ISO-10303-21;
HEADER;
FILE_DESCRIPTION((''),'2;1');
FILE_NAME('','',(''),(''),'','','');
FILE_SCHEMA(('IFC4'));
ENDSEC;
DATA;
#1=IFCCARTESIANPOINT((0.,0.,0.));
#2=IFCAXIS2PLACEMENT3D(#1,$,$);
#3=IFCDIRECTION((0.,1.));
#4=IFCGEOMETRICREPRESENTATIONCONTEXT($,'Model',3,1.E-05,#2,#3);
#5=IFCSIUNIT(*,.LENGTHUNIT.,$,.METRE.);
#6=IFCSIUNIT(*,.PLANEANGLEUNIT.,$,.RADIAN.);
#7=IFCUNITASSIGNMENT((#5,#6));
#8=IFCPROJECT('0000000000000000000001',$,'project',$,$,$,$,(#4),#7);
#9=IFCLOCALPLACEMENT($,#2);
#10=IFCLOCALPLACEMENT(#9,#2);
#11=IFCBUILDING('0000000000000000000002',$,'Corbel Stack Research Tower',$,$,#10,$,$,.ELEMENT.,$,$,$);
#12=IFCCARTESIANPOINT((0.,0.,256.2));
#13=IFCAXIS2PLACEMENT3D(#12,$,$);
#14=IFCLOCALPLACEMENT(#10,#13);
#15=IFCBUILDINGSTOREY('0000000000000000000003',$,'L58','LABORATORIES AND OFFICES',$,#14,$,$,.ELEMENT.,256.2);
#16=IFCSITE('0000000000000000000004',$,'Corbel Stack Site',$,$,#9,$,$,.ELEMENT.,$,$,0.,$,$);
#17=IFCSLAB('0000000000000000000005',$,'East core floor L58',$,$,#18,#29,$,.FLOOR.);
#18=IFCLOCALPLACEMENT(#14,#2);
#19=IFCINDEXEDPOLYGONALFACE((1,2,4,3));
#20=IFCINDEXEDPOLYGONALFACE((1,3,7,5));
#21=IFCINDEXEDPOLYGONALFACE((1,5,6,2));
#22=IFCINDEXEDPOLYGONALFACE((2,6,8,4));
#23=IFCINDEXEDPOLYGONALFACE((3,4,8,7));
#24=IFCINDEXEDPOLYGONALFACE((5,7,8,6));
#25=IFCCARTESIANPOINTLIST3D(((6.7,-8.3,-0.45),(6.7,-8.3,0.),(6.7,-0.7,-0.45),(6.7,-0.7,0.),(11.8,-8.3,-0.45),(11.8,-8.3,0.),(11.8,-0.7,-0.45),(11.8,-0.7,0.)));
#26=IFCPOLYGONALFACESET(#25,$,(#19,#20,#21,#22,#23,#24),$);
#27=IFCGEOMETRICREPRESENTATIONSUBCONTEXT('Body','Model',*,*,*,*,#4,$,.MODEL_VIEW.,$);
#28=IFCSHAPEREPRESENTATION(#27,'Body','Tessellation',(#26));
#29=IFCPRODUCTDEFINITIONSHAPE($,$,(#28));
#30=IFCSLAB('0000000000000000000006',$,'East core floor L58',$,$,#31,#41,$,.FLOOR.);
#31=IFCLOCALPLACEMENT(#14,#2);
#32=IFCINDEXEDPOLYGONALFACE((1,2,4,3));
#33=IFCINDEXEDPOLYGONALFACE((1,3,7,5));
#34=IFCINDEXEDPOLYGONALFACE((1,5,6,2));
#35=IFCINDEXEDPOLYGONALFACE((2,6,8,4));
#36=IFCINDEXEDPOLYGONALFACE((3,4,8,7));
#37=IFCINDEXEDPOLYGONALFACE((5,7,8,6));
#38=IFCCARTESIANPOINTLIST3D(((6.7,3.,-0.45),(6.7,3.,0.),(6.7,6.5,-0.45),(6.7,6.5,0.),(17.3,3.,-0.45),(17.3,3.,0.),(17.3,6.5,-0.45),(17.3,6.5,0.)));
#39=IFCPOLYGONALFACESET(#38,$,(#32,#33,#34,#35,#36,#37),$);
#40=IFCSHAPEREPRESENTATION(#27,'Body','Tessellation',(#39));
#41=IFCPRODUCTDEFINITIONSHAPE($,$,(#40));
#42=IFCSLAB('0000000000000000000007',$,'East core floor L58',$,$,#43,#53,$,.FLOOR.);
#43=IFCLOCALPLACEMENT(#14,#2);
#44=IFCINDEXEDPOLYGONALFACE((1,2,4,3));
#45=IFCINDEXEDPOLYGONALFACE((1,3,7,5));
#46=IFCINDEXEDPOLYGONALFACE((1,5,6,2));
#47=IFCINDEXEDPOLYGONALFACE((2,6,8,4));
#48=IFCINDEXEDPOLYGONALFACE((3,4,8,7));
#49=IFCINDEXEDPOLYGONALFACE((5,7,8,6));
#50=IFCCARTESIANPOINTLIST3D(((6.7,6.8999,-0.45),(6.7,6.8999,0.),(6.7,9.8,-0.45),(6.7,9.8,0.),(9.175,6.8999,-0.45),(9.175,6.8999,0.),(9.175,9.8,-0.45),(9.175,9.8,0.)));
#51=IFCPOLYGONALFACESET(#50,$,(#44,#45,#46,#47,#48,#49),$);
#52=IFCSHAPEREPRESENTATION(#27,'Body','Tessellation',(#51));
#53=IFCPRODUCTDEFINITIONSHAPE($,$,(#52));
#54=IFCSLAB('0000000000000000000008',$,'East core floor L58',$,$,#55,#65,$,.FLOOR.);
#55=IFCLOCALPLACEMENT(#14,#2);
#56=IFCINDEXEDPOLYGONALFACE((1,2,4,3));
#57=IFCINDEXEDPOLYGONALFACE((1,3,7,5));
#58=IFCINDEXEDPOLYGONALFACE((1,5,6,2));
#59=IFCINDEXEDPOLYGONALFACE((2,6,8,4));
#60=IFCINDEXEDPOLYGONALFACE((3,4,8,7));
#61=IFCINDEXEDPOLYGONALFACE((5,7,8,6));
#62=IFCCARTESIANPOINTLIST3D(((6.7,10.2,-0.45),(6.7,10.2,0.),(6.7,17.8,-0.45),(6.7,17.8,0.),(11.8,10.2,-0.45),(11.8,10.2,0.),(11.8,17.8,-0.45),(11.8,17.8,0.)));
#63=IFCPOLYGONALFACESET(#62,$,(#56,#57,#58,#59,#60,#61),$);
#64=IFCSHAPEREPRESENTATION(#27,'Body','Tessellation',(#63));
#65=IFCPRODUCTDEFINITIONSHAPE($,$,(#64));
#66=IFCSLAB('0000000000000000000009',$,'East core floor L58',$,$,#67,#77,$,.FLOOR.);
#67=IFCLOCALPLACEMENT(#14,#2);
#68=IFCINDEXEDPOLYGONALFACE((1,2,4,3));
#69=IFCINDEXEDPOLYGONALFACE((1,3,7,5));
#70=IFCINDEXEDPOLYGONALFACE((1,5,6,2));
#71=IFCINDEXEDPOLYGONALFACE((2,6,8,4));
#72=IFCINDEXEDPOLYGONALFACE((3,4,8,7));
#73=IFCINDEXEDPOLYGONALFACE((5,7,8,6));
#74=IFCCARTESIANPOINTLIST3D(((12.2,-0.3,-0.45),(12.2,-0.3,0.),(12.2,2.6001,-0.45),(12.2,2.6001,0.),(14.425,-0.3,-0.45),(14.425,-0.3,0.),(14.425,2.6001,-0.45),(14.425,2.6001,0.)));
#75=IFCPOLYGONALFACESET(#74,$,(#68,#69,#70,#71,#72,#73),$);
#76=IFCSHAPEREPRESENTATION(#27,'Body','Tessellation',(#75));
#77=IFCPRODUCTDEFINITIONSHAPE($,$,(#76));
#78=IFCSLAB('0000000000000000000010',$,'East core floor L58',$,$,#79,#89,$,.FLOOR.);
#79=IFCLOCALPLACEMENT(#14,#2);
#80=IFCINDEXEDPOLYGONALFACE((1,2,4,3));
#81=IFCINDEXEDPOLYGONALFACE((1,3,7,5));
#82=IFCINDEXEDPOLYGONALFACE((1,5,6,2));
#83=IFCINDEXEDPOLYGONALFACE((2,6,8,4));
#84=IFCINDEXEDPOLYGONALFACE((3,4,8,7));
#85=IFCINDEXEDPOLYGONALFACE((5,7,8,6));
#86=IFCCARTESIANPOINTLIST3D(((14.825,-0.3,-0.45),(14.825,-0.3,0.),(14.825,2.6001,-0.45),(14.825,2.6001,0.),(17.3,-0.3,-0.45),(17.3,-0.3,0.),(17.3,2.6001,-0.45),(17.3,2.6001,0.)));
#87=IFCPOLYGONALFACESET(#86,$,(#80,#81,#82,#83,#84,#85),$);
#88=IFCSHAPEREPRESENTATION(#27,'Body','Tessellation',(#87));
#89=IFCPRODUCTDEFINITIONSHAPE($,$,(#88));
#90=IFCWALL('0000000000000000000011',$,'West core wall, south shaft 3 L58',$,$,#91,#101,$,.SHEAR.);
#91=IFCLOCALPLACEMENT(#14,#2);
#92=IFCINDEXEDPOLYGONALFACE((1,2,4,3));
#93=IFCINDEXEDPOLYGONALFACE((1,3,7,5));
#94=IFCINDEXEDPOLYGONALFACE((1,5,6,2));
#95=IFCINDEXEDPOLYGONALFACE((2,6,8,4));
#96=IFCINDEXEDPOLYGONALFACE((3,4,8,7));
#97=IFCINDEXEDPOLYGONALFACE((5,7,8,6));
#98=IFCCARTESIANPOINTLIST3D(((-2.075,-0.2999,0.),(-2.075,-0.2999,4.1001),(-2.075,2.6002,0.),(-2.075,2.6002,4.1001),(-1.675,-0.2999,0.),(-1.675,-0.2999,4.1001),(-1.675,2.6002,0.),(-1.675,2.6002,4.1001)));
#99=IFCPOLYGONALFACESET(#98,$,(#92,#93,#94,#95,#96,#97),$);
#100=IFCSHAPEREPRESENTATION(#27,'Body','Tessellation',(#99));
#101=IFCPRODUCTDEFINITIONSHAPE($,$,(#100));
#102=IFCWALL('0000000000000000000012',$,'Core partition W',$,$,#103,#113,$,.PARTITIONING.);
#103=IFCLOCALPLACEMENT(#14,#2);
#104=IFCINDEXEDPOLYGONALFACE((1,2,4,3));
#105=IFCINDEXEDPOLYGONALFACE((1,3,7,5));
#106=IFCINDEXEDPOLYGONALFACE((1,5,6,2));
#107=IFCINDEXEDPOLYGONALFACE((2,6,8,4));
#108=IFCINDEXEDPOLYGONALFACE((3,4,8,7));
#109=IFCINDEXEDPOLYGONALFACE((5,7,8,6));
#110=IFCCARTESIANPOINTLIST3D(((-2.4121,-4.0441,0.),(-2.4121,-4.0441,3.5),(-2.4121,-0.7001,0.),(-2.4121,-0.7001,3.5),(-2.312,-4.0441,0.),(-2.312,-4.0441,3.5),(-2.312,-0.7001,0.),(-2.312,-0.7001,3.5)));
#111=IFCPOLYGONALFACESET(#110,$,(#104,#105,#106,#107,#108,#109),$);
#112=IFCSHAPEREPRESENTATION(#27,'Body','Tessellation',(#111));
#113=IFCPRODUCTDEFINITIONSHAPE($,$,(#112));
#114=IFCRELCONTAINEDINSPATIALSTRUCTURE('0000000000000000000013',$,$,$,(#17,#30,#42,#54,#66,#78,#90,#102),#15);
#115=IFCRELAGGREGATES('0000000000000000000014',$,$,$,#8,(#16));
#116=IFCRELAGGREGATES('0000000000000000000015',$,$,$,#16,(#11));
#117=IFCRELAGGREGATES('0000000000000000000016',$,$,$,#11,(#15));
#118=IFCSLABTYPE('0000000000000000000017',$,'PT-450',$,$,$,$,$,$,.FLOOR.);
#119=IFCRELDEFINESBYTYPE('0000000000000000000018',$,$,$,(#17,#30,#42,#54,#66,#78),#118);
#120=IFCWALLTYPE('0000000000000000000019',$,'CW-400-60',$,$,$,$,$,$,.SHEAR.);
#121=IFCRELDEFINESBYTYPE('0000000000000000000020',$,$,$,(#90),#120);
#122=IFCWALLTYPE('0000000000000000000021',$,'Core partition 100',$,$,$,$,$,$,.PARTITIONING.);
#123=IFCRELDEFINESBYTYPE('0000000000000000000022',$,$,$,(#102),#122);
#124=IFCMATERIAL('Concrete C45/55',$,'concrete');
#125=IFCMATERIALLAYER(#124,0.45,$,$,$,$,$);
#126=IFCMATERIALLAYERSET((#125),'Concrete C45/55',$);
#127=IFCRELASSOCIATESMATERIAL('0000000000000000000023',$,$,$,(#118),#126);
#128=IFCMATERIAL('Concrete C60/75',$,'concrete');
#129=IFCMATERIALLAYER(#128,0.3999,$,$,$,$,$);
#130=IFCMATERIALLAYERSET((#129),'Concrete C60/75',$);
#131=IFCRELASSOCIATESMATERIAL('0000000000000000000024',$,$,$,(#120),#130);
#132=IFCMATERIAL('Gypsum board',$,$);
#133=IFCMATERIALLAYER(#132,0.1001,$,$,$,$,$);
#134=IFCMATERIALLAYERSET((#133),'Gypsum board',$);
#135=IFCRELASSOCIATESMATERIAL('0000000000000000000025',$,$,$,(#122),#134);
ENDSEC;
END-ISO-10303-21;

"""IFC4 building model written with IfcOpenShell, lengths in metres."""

from ifc_helpers import new_model, si_unit, direction, frame, frame_2d, origin, place, context, subcontext, project, spatial, polyline, rectangle, outline, extrude, material, layer, layer_set, type_object, element, save


model = new_model("IFC4")

# Units and contexts
model_context = context("Model", 3, precision=1e-05, world=origin(), true_north=direction((0.0, 1.0)))
body_context = subcontext(model_context, "Body", "Model", "MODEL_VIEW")
ifc_project = project(units=[si_unit("LENGTHUNIT", "METRE"), si_unit("PLANEANGLEUNIT", "RADIAN")], contexts=[model_context])

# Site, building, storey
site_placement = place(None, origin())
site = spatial("IfcSite", under=ifc_project, at=site_placement, Name="Corbel Stack Site", CompositionType="ELEMENT", RefElevation=0.0)
building_placement = place(site_placement, origin())
building = spatial("IfcBuilding", under=site, at=building_placement, Name="Corbel Stack Research Tower", CompositionType="ELEMENT")
storey_placement = place(building_placement, frame((0.0, 0.0, 256.2)))
storey = spatial("IfcBuildingStorey", under=building, at=storey_placement, Name="L58", Description="LABORATORIES AND OFFICES", CompositionType="ELEMENT", Elevation=256.2)

# Slabs
ifc_material_1 = material(Name="Concrete C45/55", Category="concrete")
ifc_layer_1 = layer(ifc_material_1, 0.45)
ifc_layer_set_1 = layer_set([ifc_layer_1], Name="Concrete C45/55")
slab_type_1 = type_object("IfcSlabType", Name="PT-450", PredefinedType="FLOOR", material=ifc_layer_set_1)
slab_1_placement = place(storey_placement, frame((0.0, 0.0, -0.45)))
element("IfcSlab", 1, at=slab_1_placement, inside=storey, type_object=slab_type_1, Name="East core floor L58", PredefinedType="FLOOR", context=body_context, shape_type="SweptSolid", body=[
    extrude(outline(polyline([(6.7, -8.3), (11.8, -8.3), (11.8, -0.7), (6.7, -0.7), (6.7, -8.3)])), origin(), (0.0, 0.0, 1.0), 0.45),
])
slab_2_placement = place(storey_placement, frame((0.0, 0.0, -0.45)))
element("IfcSlab", 2, at=slab_2_placement, inside=storey, type_object=slab_type_1, Name="East core floor L58", PredefinedType="FLOOR", context=body_context, shape_type="SweptSolid", body=[
    extrude(outline(polyline([(6.7, 3.0), (17.3, 3.0), (17.3, 6.5), (6.7, 6.5), (6.7, 3.0)])), origin(), (0.0, 0.0, 1.0), 0.45),
])
slab_3_placement = place(storey_placement, frame((0.0, 0.0, -0.45)))
element("IfcSlab", 3, at=slab_3_placement, inside=storey, type_object=slab_type_1, Name="East core floor L58", PredefinedType="FLOOR", context=body_context, shape_type="SweptSolid", body=[
    extrude(outline(polyline([(6.7, 6.8999), (9.175, 6.8999), (9.175, 9.8), (6.7, 9.8), (6.7, 6.8999)])), origin(), (0.0, 0.0, 1.0), 0.45),
])
slab_4_placement = place(storey_placement, frame((0.0, 0.0, -0.45)))
element("IfcSlab", 4, at=slab_4_placement, inside=storey, type_object=slab_type_1, Name="East core floor L58", PredefinedType="FLOOR", context=body_context, shape_type="SweptSolid", body=[
    extrude(outline(polyline([(6.7, 10.2), (11.8, 10.2), (11.8, 17.8), (6.7, 17.8), (6.7, 10.2)])), origin(), (0.0, 0.0, 1.0), 0.45),
])
slab_5_placement = place(storey_placement, frame((0.0, 0.0, -0.45)))
element("IfcSlab", 5, at=slab_5_placement, inside=storey, type_object=slab_type_1, Name="East core floor L58", PredefinedType="FLOOR", context=body_context, shape_type="SweptSolid", body=[
    extrude(outline(polyline([(12.2, 2.6001), (12.2, -0.3), (14.425, -0.3), (14.425, 2.6001), (12.2, 2.6001)])), origin(), (0.0, 0.0, 1.0), 0.45),
])
slab_6_placement = place(storey_placement, frame((0.0, 0.0, -0.45)))
element("IfcSlab", 6, at=slab_6_placement, inside=storey, type_object=slab_type_1, Name="East core floor L58", PredefinedType="FLOOR", context=body_context, shape_type="SweptSolid", body=[
    extrude(outline(polyline([(14.825, 2.6001), (14.825, -0.3), (17.3, -0.3), (17.3, 2.6001), (14.825, 2.6001)])), origin(), (0.0, 0.0, 1.0), 0.45),
])

# Walls
ifc_material_2 = material(Name="Concrete C60/75", Category="concrete")
ifc_layer_2 = layer(ifc_material_2, 0.3999)
ifc_layer_set_2 = layer_set([ifc_layer_2], Name="Concrete C60/75")
wall_type_1 = type_object("IfcWallType", Name="CW-400-60", PredefinedType="SHEAR", material=ifc_layer_set_2)
wall_1_placement = place(storey_placement, frame((-1.875, -0.3, 0.0), z_axis=(0.0, 0.0, 1.0), x_axis=(0.0, 1.0, 0.0)))
element("IfcWall", 7, at=wall_1_placement, inside=storey, type_object=wall_type_1, Name="West core wall, south shaft 3 L58", PredefinedType="SHEAR", context=body_context, shape_type="SweptSolid", body=[
    extrude(rectangle(XDim=2.9001, YDim=0.3999, at=frame_2d((1.4502, 0.0))), origin(), (0.0, 0.0, 1.0), 4.1001),
])
ifc_material_3 = material(Name="Gypsum board")
ifc_layer_3 = layer(ifc_material_3, 0.1001)
ifc_layer_set_3 = layer_set([ifc_layer_3], Name="Gypsum board")
wall_type_2 = type_object("IfcWallType", Name="Core partition 100", PredefinedType="PARTITIONING", material=ifc_layer_set_3)
wall_2_placement = place(storey_placement, frame((-2.3621, -4.0439, 0.0), z_axis=(0.0, 0.0, 1.0), x_axis=(0.0, 1.0, 0.0)))
element("IfcWall", 8, at=wall_2_placement, inside=storey, type_object=wall_type_2, Name="Core partition W", PredefinedType="PARTITIONING", context=body_context, shape_type="SweptSolid", body=[
    extrude(rectangle(XDim=3.344, YDim=0.1001, at=frame_2d((1.6719, 0.0))), origin(), (0.0, 0.0, 1.0), 3.5),
])

save(model, "model.ifc")
